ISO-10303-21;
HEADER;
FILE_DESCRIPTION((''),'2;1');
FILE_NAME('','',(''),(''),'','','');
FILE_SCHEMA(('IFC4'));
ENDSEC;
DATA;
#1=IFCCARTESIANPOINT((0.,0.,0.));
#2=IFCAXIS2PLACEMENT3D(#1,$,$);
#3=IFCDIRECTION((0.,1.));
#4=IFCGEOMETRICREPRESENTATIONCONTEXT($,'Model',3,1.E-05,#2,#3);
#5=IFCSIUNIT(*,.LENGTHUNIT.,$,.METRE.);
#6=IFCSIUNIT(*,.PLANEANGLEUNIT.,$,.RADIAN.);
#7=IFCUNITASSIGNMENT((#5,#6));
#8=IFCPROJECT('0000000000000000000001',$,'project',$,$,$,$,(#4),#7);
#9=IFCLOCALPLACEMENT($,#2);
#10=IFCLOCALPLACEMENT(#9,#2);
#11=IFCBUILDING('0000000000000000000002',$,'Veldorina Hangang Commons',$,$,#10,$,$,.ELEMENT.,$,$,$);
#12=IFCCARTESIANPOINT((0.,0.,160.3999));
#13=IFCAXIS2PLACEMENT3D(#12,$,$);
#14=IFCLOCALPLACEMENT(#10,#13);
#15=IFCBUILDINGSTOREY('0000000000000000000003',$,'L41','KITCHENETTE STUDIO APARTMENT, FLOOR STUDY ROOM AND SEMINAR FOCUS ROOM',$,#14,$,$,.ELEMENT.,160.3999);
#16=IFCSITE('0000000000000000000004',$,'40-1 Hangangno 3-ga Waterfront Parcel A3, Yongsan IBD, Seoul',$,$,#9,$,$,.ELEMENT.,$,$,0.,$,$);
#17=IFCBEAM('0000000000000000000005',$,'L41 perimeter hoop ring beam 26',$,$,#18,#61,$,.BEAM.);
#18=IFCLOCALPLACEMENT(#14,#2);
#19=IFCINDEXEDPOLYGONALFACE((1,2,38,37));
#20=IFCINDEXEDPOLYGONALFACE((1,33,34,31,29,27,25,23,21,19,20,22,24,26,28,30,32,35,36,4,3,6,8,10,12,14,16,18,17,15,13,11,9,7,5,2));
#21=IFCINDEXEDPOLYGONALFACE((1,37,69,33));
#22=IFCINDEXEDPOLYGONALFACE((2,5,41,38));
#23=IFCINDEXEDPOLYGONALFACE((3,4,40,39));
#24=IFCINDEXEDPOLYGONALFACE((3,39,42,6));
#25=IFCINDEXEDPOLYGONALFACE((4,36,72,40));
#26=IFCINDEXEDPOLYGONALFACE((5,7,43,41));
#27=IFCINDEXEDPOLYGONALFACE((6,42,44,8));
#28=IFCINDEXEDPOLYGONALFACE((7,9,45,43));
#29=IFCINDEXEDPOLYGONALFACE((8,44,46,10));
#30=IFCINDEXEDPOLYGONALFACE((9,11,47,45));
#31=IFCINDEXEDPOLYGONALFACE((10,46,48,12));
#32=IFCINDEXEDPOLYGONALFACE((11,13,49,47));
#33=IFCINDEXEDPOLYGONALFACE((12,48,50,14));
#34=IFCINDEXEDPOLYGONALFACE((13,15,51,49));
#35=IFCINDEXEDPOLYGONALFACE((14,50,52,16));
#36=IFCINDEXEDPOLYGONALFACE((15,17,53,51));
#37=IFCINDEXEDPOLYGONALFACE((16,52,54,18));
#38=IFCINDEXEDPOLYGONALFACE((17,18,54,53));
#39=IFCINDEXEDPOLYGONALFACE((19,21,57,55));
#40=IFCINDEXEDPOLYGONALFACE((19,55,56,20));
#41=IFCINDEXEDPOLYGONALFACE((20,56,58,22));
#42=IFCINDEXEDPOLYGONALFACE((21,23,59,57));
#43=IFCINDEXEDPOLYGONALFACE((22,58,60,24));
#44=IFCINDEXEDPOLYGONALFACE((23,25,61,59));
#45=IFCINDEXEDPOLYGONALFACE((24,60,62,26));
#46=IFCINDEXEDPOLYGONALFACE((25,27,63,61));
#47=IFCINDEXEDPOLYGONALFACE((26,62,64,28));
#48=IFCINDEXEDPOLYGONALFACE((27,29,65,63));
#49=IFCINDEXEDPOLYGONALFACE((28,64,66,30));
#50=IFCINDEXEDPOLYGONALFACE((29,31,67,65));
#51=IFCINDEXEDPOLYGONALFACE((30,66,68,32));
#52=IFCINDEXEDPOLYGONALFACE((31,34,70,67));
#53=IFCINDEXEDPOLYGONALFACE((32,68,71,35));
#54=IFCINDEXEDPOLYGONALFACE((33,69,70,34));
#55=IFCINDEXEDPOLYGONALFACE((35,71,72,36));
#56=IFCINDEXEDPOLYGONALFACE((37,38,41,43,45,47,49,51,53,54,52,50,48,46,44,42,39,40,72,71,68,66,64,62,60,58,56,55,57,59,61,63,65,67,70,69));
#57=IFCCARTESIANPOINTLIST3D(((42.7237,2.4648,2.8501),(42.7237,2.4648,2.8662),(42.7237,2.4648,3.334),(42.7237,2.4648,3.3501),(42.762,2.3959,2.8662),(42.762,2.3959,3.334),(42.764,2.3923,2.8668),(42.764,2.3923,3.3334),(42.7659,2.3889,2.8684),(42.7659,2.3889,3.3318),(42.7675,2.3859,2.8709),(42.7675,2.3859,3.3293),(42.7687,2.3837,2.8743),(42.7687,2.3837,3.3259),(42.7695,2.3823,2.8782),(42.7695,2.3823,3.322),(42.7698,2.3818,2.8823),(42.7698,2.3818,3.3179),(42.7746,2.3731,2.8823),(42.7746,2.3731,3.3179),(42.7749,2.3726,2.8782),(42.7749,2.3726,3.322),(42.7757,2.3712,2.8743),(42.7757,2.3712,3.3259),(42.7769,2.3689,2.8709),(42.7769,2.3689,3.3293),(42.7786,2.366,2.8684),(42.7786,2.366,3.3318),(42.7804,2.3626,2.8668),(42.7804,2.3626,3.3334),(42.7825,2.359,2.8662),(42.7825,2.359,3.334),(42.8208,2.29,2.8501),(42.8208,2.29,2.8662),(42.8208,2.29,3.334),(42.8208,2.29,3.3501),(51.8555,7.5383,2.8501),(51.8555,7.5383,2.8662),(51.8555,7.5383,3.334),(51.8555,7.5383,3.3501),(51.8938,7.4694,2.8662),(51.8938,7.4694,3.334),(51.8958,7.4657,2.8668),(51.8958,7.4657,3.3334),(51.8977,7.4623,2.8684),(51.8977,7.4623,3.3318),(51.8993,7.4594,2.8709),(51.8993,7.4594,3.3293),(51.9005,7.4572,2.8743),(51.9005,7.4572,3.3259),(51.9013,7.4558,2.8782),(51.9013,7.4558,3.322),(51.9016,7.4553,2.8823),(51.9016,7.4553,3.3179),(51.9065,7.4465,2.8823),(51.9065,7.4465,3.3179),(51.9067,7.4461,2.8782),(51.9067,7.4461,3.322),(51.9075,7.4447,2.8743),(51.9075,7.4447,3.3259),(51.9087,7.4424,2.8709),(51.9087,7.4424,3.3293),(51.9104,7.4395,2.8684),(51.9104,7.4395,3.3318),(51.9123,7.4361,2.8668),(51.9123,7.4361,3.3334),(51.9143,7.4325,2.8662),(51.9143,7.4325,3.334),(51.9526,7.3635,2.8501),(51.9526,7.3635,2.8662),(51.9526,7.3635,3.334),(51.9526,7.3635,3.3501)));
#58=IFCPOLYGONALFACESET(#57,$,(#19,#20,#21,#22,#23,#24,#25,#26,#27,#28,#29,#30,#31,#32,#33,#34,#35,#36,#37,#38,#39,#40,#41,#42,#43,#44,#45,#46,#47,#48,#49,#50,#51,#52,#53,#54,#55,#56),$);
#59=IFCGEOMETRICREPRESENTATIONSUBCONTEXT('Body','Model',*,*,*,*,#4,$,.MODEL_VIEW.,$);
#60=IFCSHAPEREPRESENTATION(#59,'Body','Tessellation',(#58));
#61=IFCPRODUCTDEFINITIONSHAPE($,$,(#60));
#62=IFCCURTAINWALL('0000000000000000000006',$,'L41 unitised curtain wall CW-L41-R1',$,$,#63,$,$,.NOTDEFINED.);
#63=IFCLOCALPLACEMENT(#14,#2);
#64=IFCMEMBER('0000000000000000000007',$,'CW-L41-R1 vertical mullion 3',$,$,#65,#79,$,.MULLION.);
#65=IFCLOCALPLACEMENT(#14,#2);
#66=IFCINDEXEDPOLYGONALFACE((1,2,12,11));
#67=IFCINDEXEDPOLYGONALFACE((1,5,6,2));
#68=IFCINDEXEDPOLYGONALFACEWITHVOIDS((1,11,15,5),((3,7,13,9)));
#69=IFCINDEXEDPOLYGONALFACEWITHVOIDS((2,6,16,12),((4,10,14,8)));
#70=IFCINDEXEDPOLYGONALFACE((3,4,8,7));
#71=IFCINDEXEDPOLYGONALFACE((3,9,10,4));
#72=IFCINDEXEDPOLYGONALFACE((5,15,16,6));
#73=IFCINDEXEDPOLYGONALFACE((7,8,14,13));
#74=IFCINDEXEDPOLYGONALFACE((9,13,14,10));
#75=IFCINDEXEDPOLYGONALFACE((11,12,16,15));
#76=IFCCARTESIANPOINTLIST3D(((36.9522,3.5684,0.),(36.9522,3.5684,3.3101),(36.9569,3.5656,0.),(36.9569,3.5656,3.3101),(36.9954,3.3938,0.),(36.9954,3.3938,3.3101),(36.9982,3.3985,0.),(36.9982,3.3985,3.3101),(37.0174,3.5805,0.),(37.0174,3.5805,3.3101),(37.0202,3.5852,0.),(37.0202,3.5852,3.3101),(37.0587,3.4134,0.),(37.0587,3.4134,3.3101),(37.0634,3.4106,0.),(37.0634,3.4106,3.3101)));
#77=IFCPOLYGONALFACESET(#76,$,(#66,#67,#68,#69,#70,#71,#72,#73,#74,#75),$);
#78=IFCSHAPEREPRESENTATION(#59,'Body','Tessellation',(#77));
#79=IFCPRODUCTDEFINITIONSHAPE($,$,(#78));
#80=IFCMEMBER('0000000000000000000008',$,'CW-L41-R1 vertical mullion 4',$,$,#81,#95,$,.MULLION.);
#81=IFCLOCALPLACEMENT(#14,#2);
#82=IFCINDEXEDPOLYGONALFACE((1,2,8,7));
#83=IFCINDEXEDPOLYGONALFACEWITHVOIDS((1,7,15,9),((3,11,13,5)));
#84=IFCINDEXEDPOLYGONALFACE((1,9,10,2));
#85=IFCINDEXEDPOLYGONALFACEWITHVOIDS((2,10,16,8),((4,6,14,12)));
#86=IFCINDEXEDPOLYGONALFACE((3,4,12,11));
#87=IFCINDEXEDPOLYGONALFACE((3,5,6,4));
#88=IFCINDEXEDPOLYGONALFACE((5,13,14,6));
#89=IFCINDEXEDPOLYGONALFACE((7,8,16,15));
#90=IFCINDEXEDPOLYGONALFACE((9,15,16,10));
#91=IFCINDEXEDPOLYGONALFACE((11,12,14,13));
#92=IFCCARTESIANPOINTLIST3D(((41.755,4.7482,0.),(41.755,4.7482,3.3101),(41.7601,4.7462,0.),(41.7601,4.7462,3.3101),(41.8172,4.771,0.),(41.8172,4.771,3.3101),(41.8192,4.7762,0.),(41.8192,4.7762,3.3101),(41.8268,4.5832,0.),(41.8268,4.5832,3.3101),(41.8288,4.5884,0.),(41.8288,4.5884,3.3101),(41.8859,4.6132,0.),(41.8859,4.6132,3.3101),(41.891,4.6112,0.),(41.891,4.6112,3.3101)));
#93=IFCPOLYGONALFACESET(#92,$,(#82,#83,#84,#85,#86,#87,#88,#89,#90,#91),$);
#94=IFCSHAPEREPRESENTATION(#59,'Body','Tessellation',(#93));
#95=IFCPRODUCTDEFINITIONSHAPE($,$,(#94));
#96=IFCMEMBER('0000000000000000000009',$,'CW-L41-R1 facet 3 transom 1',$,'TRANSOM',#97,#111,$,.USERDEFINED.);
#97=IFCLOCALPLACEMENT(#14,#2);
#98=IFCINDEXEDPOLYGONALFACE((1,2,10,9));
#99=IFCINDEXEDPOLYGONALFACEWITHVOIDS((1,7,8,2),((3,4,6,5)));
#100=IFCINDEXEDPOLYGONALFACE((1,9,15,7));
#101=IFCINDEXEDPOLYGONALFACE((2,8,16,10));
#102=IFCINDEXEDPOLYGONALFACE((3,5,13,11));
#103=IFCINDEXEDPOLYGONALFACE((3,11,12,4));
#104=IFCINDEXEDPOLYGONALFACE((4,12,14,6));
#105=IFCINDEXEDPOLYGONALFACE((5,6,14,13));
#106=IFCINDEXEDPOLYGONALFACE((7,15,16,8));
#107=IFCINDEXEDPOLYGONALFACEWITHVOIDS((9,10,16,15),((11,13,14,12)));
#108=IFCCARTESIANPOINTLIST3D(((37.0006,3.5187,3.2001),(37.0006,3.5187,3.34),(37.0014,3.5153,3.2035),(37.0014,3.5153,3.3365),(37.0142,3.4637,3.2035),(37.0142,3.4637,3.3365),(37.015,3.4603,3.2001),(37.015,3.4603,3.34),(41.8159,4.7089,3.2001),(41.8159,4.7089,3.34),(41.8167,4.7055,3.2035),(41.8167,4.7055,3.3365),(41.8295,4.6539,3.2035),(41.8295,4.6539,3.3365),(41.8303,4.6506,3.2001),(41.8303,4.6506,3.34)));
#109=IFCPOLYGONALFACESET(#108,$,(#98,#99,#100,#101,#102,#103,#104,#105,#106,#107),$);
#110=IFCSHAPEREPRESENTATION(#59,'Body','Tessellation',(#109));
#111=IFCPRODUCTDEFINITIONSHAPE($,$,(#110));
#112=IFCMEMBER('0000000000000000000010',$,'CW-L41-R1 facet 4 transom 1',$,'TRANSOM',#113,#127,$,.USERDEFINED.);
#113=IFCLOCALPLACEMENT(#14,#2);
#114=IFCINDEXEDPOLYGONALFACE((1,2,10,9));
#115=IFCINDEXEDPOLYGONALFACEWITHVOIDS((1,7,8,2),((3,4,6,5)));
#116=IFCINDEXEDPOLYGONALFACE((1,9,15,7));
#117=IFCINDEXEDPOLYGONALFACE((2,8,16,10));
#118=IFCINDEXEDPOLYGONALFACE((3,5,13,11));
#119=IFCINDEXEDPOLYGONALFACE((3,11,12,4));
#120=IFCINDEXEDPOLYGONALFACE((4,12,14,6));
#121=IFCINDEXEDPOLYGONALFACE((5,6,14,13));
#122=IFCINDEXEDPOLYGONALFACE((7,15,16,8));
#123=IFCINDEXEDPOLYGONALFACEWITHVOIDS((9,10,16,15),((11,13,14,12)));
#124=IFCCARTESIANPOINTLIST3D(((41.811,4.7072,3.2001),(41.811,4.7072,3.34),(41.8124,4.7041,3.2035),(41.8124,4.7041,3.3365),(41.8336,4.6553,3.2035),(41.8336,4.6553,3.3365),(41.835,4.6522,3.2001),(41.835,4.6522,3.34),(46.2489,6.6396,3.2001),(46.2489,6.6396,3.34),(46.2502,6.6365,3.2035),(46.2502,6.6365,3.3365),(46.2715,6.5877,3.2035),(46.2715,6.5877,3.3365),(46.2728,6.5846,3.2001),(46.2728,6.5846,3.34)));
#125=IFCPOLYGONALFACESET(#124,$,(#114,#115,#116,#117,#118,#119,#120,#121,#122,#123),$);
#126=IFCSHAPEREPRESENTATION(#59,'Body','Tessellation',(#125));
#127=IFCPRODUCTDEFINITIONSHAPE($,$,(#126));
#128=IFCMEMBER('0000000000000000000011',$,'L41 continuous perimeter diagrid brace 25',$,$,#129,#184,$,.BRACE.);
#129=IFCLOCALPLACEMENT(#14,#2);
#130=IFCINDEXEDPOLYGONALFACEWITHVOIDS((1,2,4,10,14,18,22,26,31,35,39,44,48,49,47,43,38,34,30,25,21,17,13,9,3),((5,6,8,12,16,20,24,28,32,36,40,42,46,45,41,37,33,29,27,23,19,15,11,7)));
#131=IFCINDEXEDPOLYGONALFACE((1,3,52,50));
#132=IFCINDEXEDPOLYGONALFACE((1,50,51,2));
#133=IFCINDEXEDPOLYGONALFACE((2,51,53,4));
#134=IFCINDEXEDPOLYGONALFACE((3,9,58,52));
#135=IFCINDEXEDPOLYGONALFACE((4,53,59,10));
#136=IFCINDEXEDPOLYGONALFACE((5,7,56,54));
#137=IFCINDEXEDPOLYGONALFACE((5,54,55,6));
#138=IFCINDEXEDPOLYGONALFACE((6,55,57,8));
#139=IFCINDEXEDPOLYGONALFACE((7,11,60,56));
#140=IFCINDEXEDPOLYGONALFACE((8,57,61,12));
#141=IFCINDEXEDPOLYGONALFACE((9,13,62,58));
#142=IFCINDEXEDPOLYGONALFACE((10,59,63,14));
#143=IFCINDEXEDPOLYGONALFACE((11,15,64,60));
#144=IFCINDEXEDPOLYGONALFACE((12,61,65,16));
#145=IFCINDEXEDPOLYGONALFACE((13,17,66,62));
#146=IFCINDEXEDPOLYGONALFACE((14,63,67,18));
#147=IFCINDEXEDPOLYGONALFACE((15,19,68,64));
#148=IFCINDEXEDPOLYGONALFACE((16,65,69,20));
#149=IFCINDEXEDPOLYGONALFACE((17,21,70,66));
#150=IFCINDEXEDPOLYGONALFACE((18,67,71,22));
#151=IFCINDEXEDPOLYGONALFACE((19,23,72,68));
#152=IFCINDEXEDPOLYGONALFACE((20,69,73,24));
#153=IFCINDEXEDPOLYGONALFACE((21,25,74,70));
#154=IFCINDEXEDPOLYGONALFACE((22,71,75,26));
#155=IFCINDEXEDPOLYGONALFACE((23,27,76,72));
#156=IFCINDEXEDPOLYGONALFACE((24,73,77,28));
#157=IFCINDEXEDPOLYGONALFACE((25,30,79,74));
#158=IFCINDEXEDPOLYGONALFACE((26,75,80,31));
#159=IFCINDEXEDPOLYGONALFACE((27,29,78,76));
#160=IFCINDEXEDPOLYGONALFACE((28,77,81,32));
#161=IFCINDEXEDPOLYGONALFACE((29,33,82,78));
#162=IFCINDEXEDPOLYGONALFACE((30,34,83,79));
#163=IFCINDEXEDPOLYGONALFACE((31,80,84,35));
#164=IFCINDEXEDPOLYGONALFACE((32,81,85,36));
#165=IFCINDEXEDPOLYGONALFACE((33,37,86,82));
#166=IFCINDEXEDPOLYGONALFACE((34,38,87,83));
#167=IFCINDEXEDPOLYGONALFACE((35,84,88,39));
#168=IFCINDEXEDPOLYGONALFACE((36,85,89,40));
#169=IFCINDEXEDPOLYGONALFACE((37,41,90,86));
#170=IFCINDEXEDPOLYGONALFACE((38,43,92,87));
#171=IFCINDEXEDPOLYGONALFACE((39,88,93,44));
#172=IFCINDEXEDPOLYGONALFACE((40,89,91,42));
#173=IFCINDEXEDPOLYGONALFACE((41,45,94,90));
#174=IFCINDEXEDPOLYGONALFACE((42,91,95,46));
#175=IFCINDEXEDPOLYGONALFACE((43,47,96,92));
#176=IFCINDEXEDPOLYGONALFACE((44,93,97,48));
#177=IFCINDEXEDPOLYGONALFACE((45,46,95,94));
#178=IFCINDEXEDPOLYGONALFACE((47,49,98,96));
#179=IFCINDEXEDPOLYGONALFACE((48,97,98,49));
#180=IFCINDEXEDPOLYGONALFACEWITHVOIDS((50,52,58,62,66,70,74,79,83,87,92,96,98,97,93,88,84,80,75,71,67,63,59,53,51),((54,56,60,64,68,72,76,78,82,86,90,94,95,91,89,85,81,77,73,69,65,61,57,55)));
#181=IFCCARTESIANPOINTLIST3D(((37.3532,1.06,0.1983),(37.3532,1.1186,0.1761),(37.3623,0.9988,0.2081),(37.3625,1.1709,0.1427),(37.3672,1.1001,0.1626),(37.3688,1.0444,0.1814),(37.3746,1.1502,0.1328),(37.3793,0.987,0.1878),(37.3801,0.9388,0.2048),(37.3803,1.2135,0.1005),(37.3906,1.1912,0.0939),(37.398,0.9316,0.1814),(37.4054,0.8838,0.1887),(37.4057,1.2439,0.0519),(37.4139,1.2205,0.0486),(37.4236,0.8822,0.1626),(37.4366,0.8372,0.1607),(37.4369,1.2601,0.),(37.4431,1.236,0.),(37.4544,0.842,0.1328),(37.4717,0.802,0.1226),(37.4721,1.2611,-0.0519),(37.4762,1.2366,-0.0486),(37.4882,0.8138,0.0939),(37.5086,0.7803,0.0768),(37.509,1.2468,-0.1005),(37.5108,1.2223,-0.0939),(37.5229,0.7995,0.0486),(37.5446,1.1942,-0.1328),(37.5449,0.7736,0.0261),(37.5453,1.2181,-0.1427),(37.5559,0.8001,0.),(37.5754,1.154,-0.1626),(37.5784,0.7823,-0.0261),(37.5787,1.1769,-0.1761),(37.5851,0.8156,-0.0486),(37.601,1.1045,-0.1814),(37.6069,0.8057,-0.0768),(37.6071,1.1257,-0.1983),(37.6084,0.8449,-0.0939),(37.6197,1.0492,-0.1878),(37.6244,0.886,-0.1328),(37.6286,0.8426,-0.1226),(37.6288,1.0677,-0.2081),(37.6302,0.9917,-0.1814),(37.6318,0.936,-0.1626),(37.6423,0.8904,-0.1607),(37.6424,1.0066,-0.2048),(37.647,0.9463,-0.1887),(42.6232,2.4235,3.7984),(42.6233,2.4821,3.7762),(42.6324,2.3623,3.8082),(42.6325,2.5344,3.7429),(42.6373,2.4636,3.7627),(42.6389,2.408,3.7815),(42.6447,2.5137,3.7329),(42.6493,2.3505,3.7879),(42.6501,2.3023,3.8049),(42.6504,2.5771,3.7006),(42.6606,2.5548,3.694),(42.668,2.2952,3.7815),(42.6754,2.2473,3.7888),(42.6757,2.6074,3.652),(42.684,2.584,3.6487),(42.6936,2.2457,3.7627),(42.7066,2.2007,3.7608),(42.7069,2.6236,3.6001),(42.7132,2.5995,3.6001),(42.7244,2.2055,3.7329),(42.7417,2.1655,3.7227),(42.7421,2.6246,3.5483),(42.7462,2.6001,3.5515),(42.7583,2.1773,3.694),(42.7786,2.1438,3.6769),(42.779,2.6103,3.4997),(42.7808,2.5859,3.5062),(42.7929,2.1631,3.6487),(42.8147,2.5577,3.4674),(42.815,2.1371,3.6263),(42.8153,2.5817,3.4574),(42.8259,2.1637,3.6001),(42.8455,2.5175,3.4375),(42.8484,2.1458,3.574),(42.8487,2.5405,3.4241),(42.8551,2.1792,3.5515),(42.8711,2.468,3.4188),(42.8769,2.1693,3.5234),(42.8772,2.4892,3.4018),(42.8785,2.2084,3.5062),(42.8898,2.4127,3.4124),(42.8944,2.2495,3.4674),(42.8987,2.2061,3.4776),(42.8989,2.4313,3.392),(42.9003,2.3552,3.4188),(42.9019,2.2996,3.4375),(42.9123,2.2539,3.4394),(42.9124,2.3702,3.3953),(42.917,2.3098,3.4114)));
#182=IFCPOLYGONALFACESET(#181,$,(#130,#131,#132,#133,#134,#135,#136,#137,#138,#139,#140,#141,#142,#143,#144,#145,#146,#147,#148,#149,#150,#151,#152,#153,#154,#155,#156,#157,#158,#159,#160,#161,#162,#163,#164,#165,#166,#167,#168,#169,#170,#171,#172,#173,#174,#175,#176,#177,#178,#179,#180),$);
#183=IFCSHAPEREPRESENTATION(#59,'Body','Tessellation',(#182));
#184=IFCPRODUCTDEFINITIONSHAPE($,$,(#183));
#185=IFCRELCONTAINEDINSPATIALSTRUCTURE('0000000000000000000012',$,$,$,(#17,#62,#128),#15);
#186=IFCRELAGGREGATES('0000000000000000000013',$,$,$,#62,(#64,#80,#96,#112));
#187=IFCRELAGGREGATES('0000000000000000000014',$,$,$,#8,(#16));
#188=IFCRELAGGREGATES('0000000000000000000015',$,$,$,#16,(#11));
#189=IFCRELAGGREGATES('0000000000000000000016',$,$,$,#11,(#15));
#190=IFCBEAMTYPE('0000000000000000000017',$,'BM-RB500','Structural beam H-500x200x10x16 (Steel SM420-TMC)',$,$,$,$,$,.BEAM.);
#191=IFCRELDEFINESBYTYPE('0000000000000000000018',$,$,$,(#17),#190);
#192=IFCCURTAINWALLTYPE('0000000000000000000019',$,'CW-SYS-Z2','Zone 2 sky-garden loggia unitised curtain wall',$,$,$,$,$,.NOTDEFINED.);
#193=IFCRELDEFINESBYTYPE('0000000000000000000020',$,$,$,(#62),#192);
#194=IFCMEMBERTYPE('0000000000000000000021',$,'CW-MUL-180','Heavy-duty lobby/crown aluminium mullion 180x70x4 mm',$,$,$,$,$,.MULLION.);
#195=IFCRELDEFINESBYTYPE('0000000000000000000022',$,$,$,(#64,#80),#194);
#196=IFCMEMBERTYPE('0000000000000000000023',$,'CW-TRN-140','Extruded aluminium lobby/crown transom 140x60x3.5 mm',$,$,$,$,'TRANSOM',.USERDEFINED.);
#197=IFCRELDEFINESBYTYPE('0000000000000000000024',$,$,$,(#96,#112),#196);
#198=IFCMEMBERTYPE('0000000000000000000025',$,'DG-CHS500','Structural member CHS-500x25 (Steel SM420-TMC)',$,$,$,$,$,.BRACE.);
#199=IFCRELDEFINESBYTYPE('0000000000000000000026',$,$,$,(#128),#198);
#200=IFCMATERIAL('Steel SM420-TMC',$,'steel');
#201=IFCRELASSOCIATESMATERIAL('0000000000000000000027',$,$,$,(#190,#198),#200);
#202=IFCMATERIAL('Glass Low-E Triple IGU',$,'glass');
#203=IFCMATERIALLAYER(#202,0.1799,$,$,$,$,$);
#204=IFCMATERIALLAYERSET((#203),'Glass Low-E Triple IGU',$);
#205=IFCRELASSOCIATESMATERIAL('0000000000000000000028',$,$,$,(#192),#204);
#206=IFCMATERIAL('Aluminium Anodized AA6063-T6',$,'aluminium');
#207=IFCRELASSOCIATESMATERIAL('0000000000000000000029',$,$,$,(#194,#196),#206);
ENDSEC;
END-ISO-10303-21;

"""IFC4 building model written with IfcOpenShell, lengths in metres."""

from ifc_helpers import new_model, si_unit, direction, frame, origin, origin_2d, place, context, subcontext, project, spatial, hollow_rectangle, hollow_circle, i_section, extrude, material, layer, layer_set, material_profile, profile_set, type_object, element, aggregate, save


model = new_model("IFC4")

# Units and contexts
model_context = context("Model", 3, precision=1e-05, world=origin(), true_north=direction((0.0, 1.0)))
body_context = subcontext(model_context, "Body", "Model", "MODEL_VIEW")
ifc_project = project(units=[si_unit("LENGTHUNIT", "METRE"), si_unit("PLANEANGLEUNIT", "RADIAN")], contexts=[model_context])

# Site, building, storey
site_placement = place(None, origin())
site = spatial("IfcSite", under=ifc_project, at=site_placement, Name="40-1 Hangangno 3-ga Waterfront Parcel A3, Yongsan IBD, Seoul", CompositionType="ELEMENT", RefElevation=0.0)
building_placement = place(site_placement, origin())
building = spatial("IfcBuilding", under=site, at=building_placement, Name="Veldorina Hangang Commons", CompositionType="ELEMENT")
storey_placement = place(building_placement, frame((0.0, 0.0, 160.3999)))
storey = spatial("IfcBuildingStorey", under=building, at=storey_placement, Name="L41", Description="KITCHENETTE STUDIO APARTMENT, FLOOR STUDY ROOM AND SEMINAR FOCUS ROOM", CompositionType="ELEMENT", Elevation=160.3999)

# Beam
ifc_material_1 = material(Name="Steel SM420-TMC", Category="steel")
ifc_material_profile_1 = material_profile(ifc_material_1, i_section(OverallWidth=0.2, OverallDepth=0.5, WebThickness=0.01, FlangeThickness=0.0161, FilletRadius=0.0161, at=origin_2d()), Name="H-500x200x10x16")
ifc_profile_set_1 = profile_set([ifc_material_profile_1], Name="Steel SM420-TMC")
beam_type = type_object("IfcBeamType", Name="BM-RB500", Description="Structural beam H-500x200x10x16 (Steel SM420-TMC)", PredefinedType="BEAM", material=ifc_profile_set_1)
beam_placement = place(storey_placement, frame((42.7722, 2.3774, 3.1001), z_axis=(0.874147, 0.485661, 0.0), x_axis=(-0.485661, 0.874147, 0.0)))
element("IfcBeam", 1, at=beam_placement, inside=storey, type_object=beam_type, Name="L41 perimeter hoop ring beam 26", PredefinedType="BEAM", context=body_context, shape_type="SweptSolid", body=[
    extrude(i_section(OverallWidth=0.2, OverallDepth=0.5, WebThickness=0.01, FlangeThickness=0.0161, FilletRadius=0.0161, at=origin_2d()), origin(), (0.0, 0.0, 1.0), 10.4465),
])

# Curtain wall, members
ifc_material_2 = material(Name="Glass Low-E Triple IGU", Category="glass")
ifc_layer_1 = layer(ifc_material_2, 0.1799)
ifc_layer_set_1 = layer_set([ifc_layer_1], Name="Glass Low-E Triple IGU")
curtain_wall_type = type_object("IfcCurtainWallType", Name="CW-SYS-Z2", Description="Zone 2 sky-garden loggia unitised curtain wall", PredefinedType="NOTDEFINED", material=ifc_layer_set_1)
curtain_wall_placement = place(storey_placement, origin())
curtain_wall = element("IfcCurtainWall", 2, at=curtain_wall_placement, inside=storey, type_object=curtain_wall_type, Name="L41 unitised curtain wall CW-L41-R1", PredefinedType="NOTDEFINED")
ifc_material_3 = material(Name="Aluminium Anodized AA6063-T6", Category="aluminium")
ifc_material_profile_2 = material_profile(ifc_material_3, hollow_rectangle(XDim=0.0701, YDim=0.1799, WallThickness=0.0039, at=origin_2d()), Name="ALU-RHS-180x70x4")
ifc_profile_set_2 = profile_set([ifc_material_profile_2], Name="Aluminium Anodized AA6063-T6")
member_type_1 = type_object("IfcMemberType", Name="CW-MUL-180", Description="Heavy-duty lobby/crown aluminium mullion 180x70x4 mm", PredefinedType="MULLION", material=ifc_profile_set_2)
member_1_placement = place(storey_placement, frame((37.0078, 3.4895, 0.0), z_axis=(0.0, 0.0, 1.0), x_axis=(0.970796, 0.239906, 0.0)))
member_1 = element("IfcMember", 3, at=member_1_placement, type_object=member_type_1, Name="CW-L41-R1 vertical mullion 3", PredefinedType="MULLION", context=body_context, shape_type="SweptSolid", body=[
    extrude(hollow_rectangle(XDim=0.0701, YDim=0.1799, WallThickness=0.0039, at=origin_2d()), origin(), (0.0, 0.0, 1.0), 3.3101),
])
member_2_placement = place(storey_placement, frame((41.823, 4.6797, 0.0), z_axis=(0.0, 0.0, 1.0), x_axis=(0.916844, 0.399245, 0.0)))
member_2 = element("IfcMember", 4, at=member_2_placement, type_object=member_type_1, Name="CW-L41-R1 vertical mullion 4", PredefinedType="MULLION", context=body_context, shape_type="SweptSolid", body=[
    extrude(hollow_rectangle(XDim=0.0701, YDim=0.1799, WallThickness=0.0039, at=origin_2d()), origin(), (0.0, 0.0, 1.0), 3.3101),
])
ifc_material_profile_3 = material_profile(ifc_material_3, hollow_rectangle(XDim=0.0601, YDim=0.1399, WallThickness=0.0034, at=origin_2d()), Name="ALU-RHS-140x60x3.5")
ifc_profile_set_3 = profile_set([ifc_material_profile_3], Name="Aluminium Anodized AA6063-T6")
member_type_2 = type_object("IfcMemberType", Name="CW-TRN-140", Description="Extruded aluminium lobby/crown transom 140x60x3.5 mm", ElementType="TRANSOM", PredefinedType="USERDEFINED", material=ifc_profile_set_3)
member_3_placement = place(storey_placement, frame((37.0078, 3.4895, 3.27), z_axis=(0.970785, 0.239952, 0.0), x_axis=(-0.239952, 0.970785, 0.0)))
member_3 = element("IfcMember", 5, at=member_3_placement, type_object=member_type_2, Name="CW-L41-R1 facet 3 transom 1", ObjectType="TRANSOM", PredefinedType="USERDEFINED", context=body_context, shape_type="SweptSolid", body=[
    extrude(hollow_rectangle(XDim=0.0601, YDim=0.1399, WallThickness=0.0034, at=origin_2d()), origin(), (0.0, 0.0, 1.0), 4.9602),
])
member_4_placement = place(storey_placement, frame((41.823, 4.6797, 3.27), z_axis=(0.916849, 0.399233, 0.0), x_axis=(-0.399233, 0.916849, 0.0)))
member_4 = element("IfcMember", 6, at=member_4_placement, type_object=member_type_2, Name="CW-L41-R1 facet 4 transom 1", ObjectType="TRANSOM", PredefinedType="USERDEFINED", context=body_context, shape_type="SweptSolid", body=[
    extrude(hollow_rectangle(XDim=0.0601, YDim=0.1399, WallThickness=0.0034, at=origin_2d()), origin(), (0.0, 0.0, 1.0), 4.8403),
])

# Member
ifc_material_profile_4 = material_profile(ifc_material_1, hollow_circle(Radius=0.25, WallThickness=0.0249, at=origin_2d()), Name="CHS-500x25")
ifc_profile_set_4 = profile_set([ifc_material_profile_4], Name="Steel SM420-TMC")
member_type_3 = type_object("IfcMemberType", Name="DG-CHS500", Description="Structural member CHS-500x25 (Steel SM420-TMC)", PredefinedType="BRACE", material=ifc_profile_set_4)
member_5_placement = place(storey_placement, frame((37.4995, 1.0181, 0.0), z_axis=(0.807501, 0.208927, 0.551626), x_axis=(-0.250484, 0.968121, 0.0)))
element("IfcMember", 7, at=member_5_placement, inside=storey, type_object=member_type_3, Name="L41 continuous perimeter diagrid brace 25", PredefinedType="BRACE", context=body_context, shape_type="SweptSolid", body=[
    extrude(hollow_circle(Radius=0.25, WallThickness=0.0249, at=origin_2d()), origin(), (0.0, 0.0, 1.0), 6.5264),
])

aggregate(curtain_wall, [member_1, member_2, member_3, member_4])

save(model, "model.ifc")
